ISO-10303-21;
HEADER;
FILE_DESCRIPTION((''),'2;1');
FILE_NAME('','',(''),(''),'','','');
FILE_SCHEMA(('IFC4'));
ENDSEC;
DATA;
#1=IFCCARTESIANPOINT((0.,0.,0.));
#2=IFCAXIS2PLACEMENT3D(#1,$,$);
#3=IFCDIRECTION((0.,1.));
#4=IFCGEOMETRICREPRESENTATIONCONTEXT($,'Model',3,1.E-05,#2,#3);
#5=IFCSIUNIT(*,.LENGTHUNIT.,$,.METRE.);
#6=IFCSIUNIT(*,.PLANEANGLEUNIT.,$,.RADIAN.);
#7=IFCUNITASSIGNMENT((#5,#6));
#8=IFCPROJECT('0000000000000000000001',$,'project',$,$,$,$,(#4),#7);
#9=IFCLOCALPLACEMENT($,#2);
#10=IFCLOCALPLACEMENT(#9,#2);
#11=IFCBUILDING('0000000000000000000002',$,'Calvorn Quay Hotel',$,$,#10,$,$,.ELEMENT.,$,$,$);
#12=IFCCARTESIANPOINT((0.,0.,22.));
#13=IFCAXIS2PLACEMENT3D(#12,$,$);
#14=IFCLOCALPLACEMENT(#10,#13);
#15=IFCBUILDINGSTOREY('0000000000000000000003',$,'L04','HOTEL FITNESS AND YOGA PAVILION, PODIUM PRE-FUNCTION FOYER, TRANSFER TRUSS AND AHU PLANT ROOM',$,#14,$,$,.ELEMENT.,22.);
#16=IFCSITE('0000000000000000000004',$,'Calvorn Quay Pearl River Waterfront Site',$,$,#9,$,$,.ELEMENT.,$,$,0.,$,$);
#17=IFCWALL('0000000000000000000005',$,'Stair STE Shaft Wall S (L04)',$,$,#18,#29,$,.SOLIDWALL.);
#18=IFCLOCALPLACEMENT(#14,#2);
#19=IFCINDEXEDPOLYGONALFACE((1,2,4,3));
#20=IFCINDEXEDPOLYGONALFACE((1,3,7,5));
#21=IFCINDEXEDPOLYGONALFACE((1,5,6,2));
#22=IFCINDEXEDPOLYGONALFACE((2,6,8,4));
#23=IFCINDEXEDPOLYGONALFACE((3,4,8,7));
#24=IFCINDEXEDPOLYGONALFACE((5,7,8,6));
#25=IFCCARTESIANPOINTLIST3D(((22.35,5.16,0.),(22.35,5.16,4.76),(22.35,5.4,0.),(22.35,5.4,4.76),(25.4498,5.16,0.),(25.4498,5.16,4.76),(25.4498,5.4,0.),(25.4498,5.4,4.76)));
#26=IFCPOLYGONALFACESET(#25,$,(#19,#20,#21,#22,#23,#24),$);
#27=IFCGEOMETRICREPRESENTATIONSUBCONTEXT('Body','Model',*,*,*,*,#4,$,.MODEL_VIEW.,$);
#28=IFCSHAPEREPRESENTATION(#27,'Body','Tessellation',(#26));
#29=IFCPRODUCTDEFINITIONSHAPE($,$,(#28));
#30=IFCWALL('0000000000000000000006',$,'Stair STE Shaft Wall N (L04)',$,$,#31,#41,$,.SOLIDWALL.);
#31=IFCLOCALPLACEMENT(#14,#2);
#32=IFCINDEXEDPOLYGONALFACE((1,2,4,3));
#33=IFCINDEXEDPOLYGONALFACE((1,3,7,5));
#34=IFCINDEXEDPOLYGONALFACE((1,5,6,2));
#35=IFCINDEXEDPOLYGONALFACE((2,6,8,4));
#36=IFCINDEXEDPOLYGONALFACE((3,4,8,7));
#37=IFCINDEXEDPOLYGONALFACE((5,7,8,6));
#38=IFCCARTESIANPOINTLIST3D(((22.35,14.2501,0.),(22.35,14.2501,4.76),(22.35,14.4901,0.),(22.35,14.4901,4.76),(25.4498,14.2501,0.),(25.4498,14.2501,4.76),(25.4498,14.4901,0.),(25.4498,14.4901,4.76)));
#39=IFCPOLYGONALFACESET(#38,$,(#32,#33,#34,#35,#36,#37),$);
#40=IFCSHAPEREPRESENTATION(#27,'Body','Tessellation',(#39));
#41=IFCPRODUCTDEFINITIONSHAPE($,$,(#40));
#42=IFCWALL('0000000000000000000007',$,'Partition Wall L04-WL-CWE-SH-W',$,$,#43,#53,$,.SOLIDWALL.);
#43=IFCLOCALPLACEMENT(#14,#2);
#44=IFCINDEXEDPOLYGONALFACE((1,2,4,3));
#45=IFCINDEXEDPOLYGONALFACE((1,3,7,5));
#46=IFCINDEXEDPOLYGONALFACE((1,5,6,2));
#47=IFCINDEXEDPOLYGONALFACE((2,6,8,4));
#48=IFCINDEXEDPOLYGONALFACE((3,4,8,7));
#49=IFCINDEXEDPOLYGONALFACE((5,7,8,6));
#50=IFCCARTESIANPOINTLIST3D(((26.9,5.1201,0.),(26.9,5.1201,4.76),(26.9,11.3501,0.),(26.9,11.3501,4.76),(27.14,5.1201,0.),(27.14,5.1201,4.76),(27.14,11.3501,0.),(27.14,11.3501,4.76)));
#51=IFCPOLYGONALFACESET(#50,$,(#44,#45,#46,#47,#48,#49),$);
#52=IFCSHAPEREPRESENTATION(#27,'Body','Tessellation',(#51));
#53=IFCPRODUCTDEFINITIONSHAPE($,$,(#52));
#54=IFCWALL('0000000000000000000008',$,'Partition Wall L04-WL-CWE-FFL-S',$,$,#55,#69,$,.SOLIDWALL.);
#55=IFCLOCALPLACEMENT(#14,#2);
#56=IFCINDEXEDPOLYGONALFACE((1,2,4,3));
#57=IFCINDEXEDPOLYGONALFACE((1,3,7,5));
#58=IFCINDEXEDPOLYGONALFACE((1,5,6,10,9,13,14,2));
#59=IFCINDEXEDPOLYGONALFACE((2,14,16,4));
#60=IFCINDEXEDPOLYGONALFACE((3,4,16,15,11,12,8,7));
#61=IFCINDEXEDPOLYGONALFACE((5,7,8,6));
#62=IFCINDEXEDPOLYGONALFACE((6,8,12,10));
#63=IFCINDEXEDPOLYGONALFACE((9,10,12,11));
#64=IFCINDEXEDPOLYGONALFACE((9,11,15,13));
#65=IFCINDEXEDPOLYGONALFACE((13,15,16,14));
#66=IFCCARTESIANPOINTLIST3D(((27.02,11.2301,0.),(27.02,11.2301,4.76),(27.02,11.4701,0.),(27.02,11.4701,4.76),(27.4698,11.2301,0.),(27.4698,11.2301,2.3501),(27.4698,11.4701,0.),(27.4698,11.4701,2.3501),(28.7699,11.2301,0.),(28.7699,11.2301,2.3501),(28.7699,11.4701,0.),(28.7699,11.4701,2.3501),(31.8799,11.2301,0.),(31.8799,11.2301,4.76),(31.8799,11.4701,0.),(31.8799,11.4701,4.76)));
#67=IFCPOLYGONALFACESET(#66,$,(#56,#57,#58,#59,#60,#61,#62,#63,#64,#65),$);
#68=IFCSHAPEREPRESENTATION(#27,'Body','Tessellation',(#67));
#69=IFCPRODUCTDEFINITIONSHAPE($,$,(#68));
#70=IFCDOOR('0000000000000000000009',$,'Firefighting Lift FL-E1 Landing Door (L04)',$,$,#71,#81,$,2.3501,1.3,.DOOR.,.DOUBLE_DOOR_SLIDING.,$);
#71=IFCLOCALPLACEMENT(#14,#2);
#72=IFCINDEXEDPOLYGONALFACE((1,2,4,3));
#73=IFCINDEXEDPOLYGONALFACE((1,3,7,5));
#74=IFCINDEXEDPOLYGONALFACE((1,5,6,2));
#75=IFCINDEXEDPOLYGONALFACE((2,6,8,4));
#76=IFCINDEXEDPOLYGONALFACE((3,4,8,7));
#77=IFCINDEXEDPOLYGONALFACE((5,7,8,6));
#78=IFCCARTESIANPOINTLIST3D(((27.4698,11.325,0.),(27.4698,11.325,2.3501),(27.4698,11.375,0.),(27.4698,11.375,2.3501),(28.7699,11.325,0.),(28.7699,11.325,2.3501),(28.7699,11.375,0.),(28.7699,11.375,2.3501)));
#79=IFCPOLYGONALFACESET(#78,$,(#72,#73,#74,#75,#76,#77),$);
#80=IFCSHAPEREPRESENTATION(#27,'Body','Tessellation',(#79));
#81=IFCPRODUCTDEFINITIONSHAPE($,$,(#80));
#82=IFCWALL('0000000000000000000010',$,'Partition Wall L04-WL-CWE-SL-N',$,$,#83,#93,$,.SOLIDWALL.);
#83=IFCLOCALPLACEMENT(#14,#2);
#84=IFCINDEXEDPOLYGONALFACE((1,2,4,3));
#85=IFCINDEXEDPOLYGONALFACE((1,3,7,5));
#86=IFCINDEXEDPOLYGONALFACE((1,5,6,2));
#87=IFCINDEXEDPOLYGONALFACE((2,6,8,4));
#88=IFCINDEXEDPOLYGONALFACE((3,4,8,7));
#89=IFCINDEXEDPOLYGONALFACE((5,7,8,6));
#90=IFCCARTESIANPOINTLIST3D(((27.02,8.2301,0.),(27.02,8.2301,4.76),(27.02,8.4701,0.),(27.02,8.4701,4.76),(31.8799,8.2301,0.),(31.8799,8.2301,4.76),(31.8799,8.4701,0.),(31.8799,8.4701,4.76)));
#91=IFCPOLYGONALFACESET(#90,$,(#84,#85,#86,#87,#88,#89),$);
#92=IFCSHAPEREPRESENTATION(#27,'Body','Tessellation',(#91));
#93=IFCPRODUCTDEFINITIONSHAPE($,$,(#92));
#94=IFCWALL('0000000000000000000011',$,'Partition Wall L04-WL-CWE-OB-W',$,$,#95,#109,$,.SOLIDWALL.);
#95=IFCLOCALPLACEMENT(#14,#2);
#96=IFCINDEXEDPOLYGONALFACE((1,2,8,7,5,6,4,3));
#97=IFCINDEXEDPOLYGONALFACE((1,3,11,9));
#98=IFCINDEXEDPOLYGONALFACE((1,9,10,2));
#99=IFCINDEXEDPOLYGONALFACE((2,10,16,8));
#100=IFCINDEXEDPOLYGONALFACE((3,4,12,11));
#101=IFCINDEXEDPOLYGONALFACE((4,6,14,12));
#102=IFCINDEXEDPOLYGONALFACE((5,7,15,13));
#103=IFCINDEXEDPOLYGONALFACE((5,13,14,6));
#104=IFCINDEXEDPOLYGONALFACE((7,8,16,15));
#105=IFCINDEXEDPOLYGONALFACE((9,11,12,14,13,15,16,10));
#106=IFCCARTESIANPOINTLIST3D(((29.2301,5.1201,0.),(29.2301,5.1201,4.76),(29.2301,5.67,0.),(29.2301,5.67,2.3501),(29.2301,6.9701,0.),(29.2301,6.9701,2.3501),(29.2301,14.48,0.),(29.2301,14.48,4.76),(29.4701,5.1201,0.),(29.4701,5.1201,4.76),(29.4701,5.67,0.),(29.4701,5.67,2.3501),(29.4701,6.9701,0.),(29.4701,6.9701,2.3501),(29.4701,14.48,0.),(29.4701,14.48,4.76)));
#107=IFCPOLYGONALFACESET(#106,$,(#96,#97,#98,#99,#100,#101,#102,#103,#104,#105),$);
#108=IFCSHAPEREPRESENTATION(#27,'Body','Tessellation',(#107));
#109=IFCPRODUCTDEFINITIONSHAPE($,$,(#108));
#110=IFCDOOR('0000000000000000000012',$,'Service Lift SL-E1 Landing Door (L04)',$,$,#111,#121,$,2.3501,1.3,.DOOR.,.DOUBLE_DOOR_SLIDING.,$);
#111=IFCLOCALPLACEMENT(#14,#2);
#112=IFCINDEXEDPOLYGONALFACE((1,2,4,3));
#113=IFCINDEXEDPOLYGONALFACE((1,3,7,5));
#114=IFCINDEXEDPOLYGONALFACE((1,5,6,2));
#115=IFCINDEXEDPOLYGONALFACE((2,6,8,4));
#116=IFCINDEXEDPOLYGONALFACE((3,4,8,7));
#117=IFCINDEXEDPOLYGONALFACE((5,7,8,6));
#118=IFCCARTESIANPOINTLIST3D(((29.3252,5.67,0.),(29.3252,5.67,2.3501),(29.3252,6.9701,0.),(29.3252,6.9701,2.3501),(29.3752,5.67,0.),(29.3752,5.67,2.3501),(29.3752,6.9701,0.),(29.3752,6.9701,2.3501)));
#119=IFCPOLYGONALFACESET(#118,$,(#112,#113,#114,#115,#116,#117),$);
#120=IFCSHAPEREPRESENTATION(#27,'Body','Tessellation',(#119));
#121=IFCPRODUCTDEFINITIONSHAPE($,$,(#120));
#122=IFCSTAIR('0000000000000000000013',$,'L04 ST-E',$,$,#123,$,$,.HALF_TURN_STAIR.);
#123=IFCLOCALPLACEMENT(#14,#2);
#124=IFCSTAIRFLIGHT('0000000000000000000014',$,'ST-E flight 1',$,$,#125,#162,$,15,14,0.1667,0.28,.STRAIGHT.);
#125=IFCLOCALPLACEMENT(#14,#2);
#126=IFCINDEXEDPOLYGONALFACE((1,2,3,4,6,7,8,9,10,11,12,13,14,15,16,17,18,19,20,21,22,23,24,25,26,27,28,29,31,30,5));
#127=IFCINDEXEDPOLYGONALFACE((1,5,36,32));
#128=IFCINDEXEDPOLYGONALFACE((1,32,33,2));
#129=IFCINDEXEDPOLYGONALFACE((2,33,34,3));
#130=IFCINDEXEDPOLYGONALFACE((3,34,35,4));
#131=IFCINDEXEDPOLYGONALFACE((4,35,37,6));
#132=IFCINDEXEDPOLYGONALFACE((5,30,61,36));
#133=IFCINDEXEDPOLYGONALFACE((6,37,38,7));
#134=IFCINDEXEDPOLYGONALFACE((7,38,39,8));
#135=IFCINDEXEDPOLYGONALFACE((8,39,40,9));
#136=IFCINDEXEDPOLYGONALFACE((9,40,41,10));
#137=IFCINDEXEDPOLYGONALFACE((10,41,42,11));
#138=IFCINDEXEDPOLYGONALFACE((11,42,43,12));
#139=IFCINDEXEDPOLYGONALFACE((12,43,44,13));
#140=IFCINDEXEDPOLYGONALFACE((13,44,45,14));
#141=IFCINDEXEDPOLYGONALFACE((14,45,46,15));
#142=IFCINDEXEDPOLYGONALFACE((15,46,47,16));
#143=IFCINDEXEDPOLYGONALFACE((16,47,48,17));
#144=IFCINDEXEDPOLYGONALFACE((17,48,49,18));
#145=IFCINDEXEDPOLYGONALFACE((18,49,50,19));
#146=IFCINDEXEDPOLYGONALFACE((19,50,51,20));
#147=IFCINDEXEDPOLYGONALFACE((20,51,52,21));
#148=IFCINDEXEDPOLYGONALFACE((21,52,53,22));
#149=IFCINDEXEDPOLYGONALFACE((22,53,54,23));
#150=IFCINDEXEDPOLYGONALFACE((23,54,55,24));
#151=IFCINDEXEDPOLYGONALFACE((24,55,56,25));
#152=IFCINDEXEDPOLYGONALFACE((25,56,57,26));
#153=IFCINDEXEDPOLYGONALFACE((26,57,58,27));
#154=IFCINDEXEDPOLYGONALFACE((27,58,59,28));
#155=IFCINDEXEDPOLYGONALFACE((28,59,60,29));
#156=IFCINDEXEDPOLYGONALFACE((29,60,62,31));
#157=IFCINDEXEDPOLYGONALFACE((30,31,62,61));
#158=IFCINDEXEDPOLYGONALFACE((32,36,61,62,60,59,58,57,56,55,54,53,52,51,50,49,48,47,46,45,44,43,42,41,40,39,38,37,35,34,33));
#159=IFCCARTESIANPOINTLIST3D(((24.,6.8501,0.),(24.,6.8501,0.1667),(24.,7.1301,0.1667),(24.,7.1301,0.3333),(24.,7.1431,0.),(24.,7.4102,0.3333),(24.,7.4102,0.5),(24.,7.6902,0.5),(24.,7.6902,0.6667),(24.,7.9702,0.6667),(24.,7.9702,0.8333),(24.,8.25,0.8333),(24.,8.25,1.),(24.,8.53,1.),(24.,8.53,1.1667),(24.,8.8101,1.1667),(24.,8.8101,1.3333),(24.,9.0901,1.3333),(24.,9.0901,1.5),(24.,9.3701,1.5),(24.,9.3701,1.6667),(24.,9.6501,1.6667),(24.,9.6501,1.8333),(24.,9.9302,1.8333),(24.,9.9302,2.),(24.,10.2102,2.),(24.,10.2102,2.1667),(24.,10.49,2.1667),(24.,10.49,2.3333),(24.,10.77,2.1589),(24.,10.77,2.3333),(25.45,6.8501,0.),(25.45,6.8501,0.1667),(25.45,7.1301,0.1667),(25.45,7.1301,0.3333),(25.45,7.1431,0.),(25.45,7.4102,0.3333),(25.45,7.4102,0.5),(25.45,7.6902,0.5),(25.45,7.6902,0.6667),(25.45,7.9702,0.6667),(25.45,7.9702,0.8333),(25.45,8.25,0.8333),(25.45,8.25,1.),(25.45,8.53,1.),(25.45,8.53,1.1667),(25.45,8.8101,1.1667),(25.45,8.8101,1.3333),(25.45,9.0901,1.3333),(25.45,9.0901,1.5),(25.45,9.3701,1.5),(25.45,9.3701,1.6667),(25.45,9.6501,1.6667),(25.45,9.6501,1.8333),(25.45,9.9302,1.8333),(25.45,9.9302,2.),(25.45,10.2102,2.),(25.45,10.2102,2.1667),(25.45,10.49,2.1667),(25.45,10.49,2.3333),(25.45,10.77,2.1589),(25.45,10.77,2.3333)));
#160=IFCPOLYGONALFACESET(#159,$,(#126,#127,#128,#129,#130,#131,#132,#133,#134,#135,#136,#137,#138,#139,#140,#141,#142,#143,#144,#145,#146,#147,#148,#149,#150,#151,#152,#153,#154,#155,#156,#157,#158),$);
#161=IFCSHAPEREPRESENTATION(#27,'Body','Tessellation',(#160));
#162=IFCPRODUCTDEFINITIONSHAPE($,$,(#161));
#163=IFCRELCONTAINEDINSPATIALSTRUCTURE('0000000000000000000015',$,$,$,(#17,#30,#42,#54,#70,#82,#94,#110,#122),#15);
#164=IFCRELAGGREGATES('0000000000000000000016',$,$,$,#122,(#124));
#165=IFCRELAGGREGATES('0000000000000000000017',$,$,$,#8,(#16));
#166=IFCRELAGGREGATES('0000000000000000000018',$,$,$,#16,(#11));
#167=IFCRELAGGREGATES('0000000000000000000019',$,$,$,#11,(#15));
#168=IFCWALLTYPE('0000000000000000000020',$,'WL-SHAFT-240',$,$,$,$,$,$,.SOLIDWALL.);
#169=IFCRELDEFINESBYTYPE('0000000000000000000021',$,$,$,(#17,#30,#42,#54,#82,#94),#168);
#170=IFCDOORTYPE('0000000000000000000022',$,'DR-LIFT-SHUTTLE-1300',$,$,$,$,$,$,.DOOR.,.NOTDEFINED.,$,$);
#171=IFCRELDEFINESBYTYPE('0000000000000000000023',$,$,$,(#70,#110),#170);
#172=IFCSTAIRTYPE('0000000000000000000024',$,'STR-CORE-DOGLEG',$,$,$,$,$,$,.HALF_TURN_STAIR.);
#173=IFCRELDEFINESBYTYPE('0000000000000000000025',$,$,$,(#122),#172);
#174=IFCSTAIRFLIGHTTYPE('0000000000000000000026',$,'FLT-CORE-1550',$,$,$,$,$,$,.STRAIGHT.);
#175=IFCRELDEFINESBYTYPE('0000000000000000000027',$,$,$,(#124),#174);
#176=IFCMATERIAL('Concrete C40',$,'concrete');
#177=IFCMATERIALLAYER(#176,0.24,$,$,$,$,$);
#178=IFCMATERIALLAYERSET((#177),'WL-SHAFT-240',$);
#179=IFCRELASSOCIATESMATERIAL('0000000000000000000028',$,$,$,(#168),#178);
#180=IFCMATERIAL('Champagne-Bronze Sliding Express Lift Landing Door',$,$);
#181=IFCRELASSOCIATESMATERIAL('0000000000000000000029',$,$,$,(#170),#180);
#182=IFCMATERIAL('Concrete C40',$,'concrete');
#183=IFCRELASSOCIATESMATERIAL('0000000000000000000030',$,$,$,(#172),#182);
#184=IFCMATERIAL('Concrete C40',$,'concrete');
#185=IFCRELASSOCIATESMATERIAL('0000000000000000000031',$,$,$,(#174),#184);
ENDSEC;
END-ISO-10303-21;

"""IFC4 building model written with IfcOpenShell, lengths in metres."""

from ifc_helpers import new_model, si_unit, direction, frame, frame_2d, origin, place, context, subcontext, project, spatial, polyline, rectangle, outline, extrude, material, layer, layer_set, type_object, element, fill, aggregate, save


model = new_model("IFC4")

# Units and contexts
model_context = context("Model", 3, precision=1e-05, world=origin(), true_north=direction((0.0, 1.0)))
body_context = subcontext(model_context, "Body", "Model", "MODEL_VIEW")
ifc_project = project(units=[si_unit("LENGTHUNIT", "METRE"), si_unit("PLANEANGLEUNIT", "RADIAN")], contexts=[model_context])

# Site, building, storey
site_placement = place(None, origin())
site = spatial("IfcSite", under=ifc_project, at=site_placement, Name="Calvorn Quay Pearl River Waterfront Site", CompositionType="ELEMENT", RefElevation=0.0)
building_placement = place(site_placement, origin())
building = spatial("IfcBuilding", under=site, at=building_placement, Name="Calvorn Quay Hotel", CompositionType="ELEMENT")
storey_placement = place(building_placement, frame((0.0, 0.0, 22.0)))
storey = spatial("IfcBuildingStorey", under=building, at=storey_placement, Name="L04", Description="HOTEL FITNESS AND YOGA PAVILION, PODIUM PRE-FUNCTION FOYER, TRANSFER TRUSS AND AHU PLANT ROOM", CompositionType="ELEMENT", Elevation=22.0)

# Shared definitions
ifc_material_1 = material(Name="Concrete C40", Category="concrete")
ifc_layer_1 = layer(ifc_material_1, 0.24)
ifc_layer_set_1 = layer_set([ifc_layer_1], Name="WL-SHAFT-240")
wall_type_1 = type_object("IfcWallType", Name="WL-SHAFT-240", PredefinedType="SOLIDWALL", material=ifc_layer_set_1)

# Walls
for number, where, z_axis, x_axis, name in (
    (1, (22.3501, 5.28, 0.0), (0.0, 0.0, 1.0), (1.0, 0.0, 0.0), "Stair STE Shaft Wall S (L04)"),
    (2, (22.3501, 14.3701, 0.0), (0.0, 0.0, 1.0), (1.0, 0.0, 0.0), "Stair STE Shaft Wall N (L04)"),
):
    element("IfcWall", number, at=place(storey_placement, frame(where, z_axis=z_axis, x_axis=x_axis)), inside=storey, type_object=wall_type_1, Name=name, PredefinedType="SOLIDWALL", context=body_context, shape_type="SweptSolid", body=[
        extrude(rectangle(XDim=3.0999, YDim=0.24, at=frame_2d((1.5498, 0.0))), origin(), (0.0, 0.0, 1.0), 4.76),
    ])
wall_1_placement = place(storey_placement, frame((27.02, 5.1201, 0.0), z_axis=(0.0, 0.0, 1.0), x_axis=(0.0, 1.0, 0.0)))
element("IfcWall", 3, at=wall_1_placement, inside=storey, type_object=wall_type_1, Name="Partition Wall L04-WL-CWE-SH-W", PredefinedType="SOLIDWALL", context=body_context, shape_type="SweptSolid", body=[
    extrude(rectangle(XDim=6.23, YDim=0.24, at=frame_2d((3.115, 0.0))), origin(), (0.0, 0.0, 1.0), 4.76),
])

# Wall, opening, door
wall_2_placement = place(storey_placement, frame((27.02, 11.3501, 0.0), z_axis=(0.0, 0.0, 1.0), x_axis=(1.0, 0.0, 0.0)))
wall_2 = element("IfcWall", 4, at=wall_2_placement, inside=storey, type_object=wall_type_1, Name="Partition Wall L04-WL-CWE-FFL-S", PredefinedType="SOLIDWALL", context=body_context, shape_type="SweptSolid", body=[
    extrude(rectangle(XDim=4.8599, YDim=0.24, at=frame_2d((2.4299, 0.0))), origin(), (0.0, 0.0, 1.0), 4.76),
])
opening_1_placement = place(wall_2_placement, frame((0.45, 0.0, 0.0)))
opening_1 = element("IfcOpeningElement", 5, at=opening_1_placement, cuts=wall_2, PredefinedType="OPENING", context=body_context, shape_type="SweptSolid", body=[
    extrude(rectangle(XDim=1.3, YDim=2.3501, at=frame_2d((0.6499, 1.175))), frame((0.0, 0.1299, 0.0), z_axis=(0.0, -1.0, 0.0), x_axis=(1.0, 0.0, 0.0)), (0.0, 0.0, 1.0), 0.26),
])
ifc_material_2 = material(Name="Champagne-Bronze Sliding Express Lift Landing Door")
door_type_1 = type_object("IfcDoorType", Name="DR-LIFT-SHUTTLE-1300", OperationType="NOTDEFINED", PredefinedType="DOOR", material=ifc_material_2)
door_1_placement = place(opening_1_placement, origin())
door_1 = element("IfcDoor", 6, at=door_1_placement, inside=storey, type_object=door_type_1, Name="Firefighting Lift FL-E1 Landing Door (L04)", OperationType="DOUBLE_DOOR_SLIDING", OverallHeight=2.3501, OverallWidth=1.3, PredefinedType="DOOR", context=body_context, shape_type="SweptSolid", body=[
    extrude(rectangle(XDim=1.3, YDim=2.3501, at=frame_2d((0.6499, 1.175))), frame((0.0, 0.0249, 0.0), z_axis=(0.0, -1.0, 0.0), x_axis=(1.0, 0.0, 0.0)), (0.0, 0.0, 1.0), 0.05),
])
fill(opening_1, door_1)

# Wall
wall_3_placement = place(storey_placement, frame((27.02, 8.3501, 0.0), z_axis=(0.0, 0.0, 1.0), x_axis=(1.0, 0.0, 0.0)))
element("IfcWall", 7, at=wall_3_placement, inside=storey, type_object=wall_type_1, Name="Partition Wall L04-WL-CWE-SL-N", PredefinedType="SOLIDWALL", context=body_context, shape_type="SweptSolid", body=[
    extrude(rectangle(XDim=4.8599, YDim=0.24, at=frame_2d((2.4299, 0.0))), origin(), (0.0, 0.0, 1.0), 4.76),
])

# Wall, opening, door
wall_4_placement = place(storey_placement, frame((29.3501, 5.1201, 0.0), z_axis=(0.0, 0.0, 1.0), x_axis=(0.0, 1.0, 0.0)))
wall_4 = element("IfcWall", 8, at=wall_4_placement, inside=storey, type_object=wall_type_1, Name="Partition Wall L04-WL-CWE-OB-W", PredefinedType="SOLIDWALL", context=body_context, shape_type="SweptSolid", body=[
    extrude(rectangle(XDim=9.3599, YDim=0.24, at=frame_2d((4.6799, 0.0))), origin(), (0.0, 0.0, 1.0), 4.76),
])
opening_2_placement = place(wall_4_placement, frame((0.55, 0.0, 0.0)))
opening_2 = element("IfcOpeningElement", 9, at=opening_2_placement, cuts=wall_4, PredefinedType="OPENING", context=body_context, shape_type="SweptSolid", body=[
    extrude(rectangle(XDim=1.3, YDim=2.3501, at=frame_2d((0.6499, 1.175))), frame((0.0, 0.1299, 0.0), z_axis=(0.0, -1.0, 0.0), x_axis=(1.0, 0.0, 0.0)), (0.0, 0.0, 1.0), 0.26),
])
door_2_placement = place(opening_2_placement, origin())
door_2 = element("IfcDoor", 10, at=door_2_placement, inside=storey, type_object=door_type_1, Name="Service Lift SL-E1 Landing Door (L04)", OperationType="DOUBLE_DOOR_SLIDING", OverallHeight=2.3501, OverallWidth=1.3, PredefinedType="DOOR", context=body_context, shape_type="SweptSolid", body=[
    extrude(rectangle(XDim=1.3, YDim=2.3501, at=frame_2d((0.6499, 1.175))), frame((0.0, 0.0249, 0.0), z_axis=(0.0, -1.0, 0.0), x_axis=(1.0, 0.0, 0.0)), (0.0, 0.0, 1.0), 0.05),
])
fill(opening_2, door_2)

# Stair, stair flight
ifc_material_3 = material(Name="Concrete C40", Category="concrete")
stair_type = type_object("IfcStairType", Name="STR-CORE-DOGLEG", PredefinedType="HALF_TURN_STAIR", material=ifc_material_3)
stair_placement = place(storey_placement, origin())
stair = element("IfcStair", 11, at=stair_placement, inside=storey, type_object=stair_type, Name="L04 ST-E", PredefinedType="HALF_TURN_STAIR")
ifc_material_4 = material(Name="Concrete C40", Category="concrete")
stair_flight_type = type_object("IfcStairFlightType", Name="FLT-CORE-1550", PredefinedType="STRAIGHT", material=ifc_material_4)
stair_flight_1_placement = place(storey_placement, frame((24.7251, 6.8501, 0.0), z_axis=(0.0, 0.0, 1.0), x_axis=(0.0, 1.0, 0.0)))
stair_flight_1 = element("IfcStairFlight", 12, at=stair_flight_1_placement, type_object=stair_flight_type, Name="ST-E flight 1", NumberOfRisers=15, NumberOfTreads=14, PredefinedType="STRAIGHT", RiserHeight=0.1667, TreadLength=0.28, context=body_context, shape_type="SweptSolid", body=[
    extrude(outline(polyline([(0.0, 0.0), (0.0, 0.1667), (0.28, 0.1667), (0.28, 0.3333), (0.5601, 0.3333), (0.5601, 0.5), (0.8401, 0.5), (0.8401, 0.6667), (1.1201, 0.6667), (1.1201, 0.8333), (1.3999, 0.8333), (1.3999, 1.0), (1.6799, 1.0), (1.6799, 1.1667), (1.96, 1.1667), (1.96, 1.3333), (2.24, 1.3333), (2.24, 1.5), (2.52, 1.5), (2.52, 1.6667), (2.8, 1.6667), (2.8, 1.8333), (3.0801, 1.8333), (3.0801, 2.0), (3.3601, 2.0), (3.3601, 2.1667), (3.6399, 2.1667), (3.6399, 2.3333), (3.9199, 2.3333), (3.9199, 2.5), (3.9199, 2.1589), (0.293, 0.0), (0.0, 0.0)])), frame((0.0, 0.7251, 0.0), z_axis=(0.0, -1.0, 0.0), x_axis=(1.0, 0.0, 0.0)), (0.0, 0.0, 1.0), 1.45),
])
aggregate(stair, [stair_flight_1])

save(model, "model.ifc")
